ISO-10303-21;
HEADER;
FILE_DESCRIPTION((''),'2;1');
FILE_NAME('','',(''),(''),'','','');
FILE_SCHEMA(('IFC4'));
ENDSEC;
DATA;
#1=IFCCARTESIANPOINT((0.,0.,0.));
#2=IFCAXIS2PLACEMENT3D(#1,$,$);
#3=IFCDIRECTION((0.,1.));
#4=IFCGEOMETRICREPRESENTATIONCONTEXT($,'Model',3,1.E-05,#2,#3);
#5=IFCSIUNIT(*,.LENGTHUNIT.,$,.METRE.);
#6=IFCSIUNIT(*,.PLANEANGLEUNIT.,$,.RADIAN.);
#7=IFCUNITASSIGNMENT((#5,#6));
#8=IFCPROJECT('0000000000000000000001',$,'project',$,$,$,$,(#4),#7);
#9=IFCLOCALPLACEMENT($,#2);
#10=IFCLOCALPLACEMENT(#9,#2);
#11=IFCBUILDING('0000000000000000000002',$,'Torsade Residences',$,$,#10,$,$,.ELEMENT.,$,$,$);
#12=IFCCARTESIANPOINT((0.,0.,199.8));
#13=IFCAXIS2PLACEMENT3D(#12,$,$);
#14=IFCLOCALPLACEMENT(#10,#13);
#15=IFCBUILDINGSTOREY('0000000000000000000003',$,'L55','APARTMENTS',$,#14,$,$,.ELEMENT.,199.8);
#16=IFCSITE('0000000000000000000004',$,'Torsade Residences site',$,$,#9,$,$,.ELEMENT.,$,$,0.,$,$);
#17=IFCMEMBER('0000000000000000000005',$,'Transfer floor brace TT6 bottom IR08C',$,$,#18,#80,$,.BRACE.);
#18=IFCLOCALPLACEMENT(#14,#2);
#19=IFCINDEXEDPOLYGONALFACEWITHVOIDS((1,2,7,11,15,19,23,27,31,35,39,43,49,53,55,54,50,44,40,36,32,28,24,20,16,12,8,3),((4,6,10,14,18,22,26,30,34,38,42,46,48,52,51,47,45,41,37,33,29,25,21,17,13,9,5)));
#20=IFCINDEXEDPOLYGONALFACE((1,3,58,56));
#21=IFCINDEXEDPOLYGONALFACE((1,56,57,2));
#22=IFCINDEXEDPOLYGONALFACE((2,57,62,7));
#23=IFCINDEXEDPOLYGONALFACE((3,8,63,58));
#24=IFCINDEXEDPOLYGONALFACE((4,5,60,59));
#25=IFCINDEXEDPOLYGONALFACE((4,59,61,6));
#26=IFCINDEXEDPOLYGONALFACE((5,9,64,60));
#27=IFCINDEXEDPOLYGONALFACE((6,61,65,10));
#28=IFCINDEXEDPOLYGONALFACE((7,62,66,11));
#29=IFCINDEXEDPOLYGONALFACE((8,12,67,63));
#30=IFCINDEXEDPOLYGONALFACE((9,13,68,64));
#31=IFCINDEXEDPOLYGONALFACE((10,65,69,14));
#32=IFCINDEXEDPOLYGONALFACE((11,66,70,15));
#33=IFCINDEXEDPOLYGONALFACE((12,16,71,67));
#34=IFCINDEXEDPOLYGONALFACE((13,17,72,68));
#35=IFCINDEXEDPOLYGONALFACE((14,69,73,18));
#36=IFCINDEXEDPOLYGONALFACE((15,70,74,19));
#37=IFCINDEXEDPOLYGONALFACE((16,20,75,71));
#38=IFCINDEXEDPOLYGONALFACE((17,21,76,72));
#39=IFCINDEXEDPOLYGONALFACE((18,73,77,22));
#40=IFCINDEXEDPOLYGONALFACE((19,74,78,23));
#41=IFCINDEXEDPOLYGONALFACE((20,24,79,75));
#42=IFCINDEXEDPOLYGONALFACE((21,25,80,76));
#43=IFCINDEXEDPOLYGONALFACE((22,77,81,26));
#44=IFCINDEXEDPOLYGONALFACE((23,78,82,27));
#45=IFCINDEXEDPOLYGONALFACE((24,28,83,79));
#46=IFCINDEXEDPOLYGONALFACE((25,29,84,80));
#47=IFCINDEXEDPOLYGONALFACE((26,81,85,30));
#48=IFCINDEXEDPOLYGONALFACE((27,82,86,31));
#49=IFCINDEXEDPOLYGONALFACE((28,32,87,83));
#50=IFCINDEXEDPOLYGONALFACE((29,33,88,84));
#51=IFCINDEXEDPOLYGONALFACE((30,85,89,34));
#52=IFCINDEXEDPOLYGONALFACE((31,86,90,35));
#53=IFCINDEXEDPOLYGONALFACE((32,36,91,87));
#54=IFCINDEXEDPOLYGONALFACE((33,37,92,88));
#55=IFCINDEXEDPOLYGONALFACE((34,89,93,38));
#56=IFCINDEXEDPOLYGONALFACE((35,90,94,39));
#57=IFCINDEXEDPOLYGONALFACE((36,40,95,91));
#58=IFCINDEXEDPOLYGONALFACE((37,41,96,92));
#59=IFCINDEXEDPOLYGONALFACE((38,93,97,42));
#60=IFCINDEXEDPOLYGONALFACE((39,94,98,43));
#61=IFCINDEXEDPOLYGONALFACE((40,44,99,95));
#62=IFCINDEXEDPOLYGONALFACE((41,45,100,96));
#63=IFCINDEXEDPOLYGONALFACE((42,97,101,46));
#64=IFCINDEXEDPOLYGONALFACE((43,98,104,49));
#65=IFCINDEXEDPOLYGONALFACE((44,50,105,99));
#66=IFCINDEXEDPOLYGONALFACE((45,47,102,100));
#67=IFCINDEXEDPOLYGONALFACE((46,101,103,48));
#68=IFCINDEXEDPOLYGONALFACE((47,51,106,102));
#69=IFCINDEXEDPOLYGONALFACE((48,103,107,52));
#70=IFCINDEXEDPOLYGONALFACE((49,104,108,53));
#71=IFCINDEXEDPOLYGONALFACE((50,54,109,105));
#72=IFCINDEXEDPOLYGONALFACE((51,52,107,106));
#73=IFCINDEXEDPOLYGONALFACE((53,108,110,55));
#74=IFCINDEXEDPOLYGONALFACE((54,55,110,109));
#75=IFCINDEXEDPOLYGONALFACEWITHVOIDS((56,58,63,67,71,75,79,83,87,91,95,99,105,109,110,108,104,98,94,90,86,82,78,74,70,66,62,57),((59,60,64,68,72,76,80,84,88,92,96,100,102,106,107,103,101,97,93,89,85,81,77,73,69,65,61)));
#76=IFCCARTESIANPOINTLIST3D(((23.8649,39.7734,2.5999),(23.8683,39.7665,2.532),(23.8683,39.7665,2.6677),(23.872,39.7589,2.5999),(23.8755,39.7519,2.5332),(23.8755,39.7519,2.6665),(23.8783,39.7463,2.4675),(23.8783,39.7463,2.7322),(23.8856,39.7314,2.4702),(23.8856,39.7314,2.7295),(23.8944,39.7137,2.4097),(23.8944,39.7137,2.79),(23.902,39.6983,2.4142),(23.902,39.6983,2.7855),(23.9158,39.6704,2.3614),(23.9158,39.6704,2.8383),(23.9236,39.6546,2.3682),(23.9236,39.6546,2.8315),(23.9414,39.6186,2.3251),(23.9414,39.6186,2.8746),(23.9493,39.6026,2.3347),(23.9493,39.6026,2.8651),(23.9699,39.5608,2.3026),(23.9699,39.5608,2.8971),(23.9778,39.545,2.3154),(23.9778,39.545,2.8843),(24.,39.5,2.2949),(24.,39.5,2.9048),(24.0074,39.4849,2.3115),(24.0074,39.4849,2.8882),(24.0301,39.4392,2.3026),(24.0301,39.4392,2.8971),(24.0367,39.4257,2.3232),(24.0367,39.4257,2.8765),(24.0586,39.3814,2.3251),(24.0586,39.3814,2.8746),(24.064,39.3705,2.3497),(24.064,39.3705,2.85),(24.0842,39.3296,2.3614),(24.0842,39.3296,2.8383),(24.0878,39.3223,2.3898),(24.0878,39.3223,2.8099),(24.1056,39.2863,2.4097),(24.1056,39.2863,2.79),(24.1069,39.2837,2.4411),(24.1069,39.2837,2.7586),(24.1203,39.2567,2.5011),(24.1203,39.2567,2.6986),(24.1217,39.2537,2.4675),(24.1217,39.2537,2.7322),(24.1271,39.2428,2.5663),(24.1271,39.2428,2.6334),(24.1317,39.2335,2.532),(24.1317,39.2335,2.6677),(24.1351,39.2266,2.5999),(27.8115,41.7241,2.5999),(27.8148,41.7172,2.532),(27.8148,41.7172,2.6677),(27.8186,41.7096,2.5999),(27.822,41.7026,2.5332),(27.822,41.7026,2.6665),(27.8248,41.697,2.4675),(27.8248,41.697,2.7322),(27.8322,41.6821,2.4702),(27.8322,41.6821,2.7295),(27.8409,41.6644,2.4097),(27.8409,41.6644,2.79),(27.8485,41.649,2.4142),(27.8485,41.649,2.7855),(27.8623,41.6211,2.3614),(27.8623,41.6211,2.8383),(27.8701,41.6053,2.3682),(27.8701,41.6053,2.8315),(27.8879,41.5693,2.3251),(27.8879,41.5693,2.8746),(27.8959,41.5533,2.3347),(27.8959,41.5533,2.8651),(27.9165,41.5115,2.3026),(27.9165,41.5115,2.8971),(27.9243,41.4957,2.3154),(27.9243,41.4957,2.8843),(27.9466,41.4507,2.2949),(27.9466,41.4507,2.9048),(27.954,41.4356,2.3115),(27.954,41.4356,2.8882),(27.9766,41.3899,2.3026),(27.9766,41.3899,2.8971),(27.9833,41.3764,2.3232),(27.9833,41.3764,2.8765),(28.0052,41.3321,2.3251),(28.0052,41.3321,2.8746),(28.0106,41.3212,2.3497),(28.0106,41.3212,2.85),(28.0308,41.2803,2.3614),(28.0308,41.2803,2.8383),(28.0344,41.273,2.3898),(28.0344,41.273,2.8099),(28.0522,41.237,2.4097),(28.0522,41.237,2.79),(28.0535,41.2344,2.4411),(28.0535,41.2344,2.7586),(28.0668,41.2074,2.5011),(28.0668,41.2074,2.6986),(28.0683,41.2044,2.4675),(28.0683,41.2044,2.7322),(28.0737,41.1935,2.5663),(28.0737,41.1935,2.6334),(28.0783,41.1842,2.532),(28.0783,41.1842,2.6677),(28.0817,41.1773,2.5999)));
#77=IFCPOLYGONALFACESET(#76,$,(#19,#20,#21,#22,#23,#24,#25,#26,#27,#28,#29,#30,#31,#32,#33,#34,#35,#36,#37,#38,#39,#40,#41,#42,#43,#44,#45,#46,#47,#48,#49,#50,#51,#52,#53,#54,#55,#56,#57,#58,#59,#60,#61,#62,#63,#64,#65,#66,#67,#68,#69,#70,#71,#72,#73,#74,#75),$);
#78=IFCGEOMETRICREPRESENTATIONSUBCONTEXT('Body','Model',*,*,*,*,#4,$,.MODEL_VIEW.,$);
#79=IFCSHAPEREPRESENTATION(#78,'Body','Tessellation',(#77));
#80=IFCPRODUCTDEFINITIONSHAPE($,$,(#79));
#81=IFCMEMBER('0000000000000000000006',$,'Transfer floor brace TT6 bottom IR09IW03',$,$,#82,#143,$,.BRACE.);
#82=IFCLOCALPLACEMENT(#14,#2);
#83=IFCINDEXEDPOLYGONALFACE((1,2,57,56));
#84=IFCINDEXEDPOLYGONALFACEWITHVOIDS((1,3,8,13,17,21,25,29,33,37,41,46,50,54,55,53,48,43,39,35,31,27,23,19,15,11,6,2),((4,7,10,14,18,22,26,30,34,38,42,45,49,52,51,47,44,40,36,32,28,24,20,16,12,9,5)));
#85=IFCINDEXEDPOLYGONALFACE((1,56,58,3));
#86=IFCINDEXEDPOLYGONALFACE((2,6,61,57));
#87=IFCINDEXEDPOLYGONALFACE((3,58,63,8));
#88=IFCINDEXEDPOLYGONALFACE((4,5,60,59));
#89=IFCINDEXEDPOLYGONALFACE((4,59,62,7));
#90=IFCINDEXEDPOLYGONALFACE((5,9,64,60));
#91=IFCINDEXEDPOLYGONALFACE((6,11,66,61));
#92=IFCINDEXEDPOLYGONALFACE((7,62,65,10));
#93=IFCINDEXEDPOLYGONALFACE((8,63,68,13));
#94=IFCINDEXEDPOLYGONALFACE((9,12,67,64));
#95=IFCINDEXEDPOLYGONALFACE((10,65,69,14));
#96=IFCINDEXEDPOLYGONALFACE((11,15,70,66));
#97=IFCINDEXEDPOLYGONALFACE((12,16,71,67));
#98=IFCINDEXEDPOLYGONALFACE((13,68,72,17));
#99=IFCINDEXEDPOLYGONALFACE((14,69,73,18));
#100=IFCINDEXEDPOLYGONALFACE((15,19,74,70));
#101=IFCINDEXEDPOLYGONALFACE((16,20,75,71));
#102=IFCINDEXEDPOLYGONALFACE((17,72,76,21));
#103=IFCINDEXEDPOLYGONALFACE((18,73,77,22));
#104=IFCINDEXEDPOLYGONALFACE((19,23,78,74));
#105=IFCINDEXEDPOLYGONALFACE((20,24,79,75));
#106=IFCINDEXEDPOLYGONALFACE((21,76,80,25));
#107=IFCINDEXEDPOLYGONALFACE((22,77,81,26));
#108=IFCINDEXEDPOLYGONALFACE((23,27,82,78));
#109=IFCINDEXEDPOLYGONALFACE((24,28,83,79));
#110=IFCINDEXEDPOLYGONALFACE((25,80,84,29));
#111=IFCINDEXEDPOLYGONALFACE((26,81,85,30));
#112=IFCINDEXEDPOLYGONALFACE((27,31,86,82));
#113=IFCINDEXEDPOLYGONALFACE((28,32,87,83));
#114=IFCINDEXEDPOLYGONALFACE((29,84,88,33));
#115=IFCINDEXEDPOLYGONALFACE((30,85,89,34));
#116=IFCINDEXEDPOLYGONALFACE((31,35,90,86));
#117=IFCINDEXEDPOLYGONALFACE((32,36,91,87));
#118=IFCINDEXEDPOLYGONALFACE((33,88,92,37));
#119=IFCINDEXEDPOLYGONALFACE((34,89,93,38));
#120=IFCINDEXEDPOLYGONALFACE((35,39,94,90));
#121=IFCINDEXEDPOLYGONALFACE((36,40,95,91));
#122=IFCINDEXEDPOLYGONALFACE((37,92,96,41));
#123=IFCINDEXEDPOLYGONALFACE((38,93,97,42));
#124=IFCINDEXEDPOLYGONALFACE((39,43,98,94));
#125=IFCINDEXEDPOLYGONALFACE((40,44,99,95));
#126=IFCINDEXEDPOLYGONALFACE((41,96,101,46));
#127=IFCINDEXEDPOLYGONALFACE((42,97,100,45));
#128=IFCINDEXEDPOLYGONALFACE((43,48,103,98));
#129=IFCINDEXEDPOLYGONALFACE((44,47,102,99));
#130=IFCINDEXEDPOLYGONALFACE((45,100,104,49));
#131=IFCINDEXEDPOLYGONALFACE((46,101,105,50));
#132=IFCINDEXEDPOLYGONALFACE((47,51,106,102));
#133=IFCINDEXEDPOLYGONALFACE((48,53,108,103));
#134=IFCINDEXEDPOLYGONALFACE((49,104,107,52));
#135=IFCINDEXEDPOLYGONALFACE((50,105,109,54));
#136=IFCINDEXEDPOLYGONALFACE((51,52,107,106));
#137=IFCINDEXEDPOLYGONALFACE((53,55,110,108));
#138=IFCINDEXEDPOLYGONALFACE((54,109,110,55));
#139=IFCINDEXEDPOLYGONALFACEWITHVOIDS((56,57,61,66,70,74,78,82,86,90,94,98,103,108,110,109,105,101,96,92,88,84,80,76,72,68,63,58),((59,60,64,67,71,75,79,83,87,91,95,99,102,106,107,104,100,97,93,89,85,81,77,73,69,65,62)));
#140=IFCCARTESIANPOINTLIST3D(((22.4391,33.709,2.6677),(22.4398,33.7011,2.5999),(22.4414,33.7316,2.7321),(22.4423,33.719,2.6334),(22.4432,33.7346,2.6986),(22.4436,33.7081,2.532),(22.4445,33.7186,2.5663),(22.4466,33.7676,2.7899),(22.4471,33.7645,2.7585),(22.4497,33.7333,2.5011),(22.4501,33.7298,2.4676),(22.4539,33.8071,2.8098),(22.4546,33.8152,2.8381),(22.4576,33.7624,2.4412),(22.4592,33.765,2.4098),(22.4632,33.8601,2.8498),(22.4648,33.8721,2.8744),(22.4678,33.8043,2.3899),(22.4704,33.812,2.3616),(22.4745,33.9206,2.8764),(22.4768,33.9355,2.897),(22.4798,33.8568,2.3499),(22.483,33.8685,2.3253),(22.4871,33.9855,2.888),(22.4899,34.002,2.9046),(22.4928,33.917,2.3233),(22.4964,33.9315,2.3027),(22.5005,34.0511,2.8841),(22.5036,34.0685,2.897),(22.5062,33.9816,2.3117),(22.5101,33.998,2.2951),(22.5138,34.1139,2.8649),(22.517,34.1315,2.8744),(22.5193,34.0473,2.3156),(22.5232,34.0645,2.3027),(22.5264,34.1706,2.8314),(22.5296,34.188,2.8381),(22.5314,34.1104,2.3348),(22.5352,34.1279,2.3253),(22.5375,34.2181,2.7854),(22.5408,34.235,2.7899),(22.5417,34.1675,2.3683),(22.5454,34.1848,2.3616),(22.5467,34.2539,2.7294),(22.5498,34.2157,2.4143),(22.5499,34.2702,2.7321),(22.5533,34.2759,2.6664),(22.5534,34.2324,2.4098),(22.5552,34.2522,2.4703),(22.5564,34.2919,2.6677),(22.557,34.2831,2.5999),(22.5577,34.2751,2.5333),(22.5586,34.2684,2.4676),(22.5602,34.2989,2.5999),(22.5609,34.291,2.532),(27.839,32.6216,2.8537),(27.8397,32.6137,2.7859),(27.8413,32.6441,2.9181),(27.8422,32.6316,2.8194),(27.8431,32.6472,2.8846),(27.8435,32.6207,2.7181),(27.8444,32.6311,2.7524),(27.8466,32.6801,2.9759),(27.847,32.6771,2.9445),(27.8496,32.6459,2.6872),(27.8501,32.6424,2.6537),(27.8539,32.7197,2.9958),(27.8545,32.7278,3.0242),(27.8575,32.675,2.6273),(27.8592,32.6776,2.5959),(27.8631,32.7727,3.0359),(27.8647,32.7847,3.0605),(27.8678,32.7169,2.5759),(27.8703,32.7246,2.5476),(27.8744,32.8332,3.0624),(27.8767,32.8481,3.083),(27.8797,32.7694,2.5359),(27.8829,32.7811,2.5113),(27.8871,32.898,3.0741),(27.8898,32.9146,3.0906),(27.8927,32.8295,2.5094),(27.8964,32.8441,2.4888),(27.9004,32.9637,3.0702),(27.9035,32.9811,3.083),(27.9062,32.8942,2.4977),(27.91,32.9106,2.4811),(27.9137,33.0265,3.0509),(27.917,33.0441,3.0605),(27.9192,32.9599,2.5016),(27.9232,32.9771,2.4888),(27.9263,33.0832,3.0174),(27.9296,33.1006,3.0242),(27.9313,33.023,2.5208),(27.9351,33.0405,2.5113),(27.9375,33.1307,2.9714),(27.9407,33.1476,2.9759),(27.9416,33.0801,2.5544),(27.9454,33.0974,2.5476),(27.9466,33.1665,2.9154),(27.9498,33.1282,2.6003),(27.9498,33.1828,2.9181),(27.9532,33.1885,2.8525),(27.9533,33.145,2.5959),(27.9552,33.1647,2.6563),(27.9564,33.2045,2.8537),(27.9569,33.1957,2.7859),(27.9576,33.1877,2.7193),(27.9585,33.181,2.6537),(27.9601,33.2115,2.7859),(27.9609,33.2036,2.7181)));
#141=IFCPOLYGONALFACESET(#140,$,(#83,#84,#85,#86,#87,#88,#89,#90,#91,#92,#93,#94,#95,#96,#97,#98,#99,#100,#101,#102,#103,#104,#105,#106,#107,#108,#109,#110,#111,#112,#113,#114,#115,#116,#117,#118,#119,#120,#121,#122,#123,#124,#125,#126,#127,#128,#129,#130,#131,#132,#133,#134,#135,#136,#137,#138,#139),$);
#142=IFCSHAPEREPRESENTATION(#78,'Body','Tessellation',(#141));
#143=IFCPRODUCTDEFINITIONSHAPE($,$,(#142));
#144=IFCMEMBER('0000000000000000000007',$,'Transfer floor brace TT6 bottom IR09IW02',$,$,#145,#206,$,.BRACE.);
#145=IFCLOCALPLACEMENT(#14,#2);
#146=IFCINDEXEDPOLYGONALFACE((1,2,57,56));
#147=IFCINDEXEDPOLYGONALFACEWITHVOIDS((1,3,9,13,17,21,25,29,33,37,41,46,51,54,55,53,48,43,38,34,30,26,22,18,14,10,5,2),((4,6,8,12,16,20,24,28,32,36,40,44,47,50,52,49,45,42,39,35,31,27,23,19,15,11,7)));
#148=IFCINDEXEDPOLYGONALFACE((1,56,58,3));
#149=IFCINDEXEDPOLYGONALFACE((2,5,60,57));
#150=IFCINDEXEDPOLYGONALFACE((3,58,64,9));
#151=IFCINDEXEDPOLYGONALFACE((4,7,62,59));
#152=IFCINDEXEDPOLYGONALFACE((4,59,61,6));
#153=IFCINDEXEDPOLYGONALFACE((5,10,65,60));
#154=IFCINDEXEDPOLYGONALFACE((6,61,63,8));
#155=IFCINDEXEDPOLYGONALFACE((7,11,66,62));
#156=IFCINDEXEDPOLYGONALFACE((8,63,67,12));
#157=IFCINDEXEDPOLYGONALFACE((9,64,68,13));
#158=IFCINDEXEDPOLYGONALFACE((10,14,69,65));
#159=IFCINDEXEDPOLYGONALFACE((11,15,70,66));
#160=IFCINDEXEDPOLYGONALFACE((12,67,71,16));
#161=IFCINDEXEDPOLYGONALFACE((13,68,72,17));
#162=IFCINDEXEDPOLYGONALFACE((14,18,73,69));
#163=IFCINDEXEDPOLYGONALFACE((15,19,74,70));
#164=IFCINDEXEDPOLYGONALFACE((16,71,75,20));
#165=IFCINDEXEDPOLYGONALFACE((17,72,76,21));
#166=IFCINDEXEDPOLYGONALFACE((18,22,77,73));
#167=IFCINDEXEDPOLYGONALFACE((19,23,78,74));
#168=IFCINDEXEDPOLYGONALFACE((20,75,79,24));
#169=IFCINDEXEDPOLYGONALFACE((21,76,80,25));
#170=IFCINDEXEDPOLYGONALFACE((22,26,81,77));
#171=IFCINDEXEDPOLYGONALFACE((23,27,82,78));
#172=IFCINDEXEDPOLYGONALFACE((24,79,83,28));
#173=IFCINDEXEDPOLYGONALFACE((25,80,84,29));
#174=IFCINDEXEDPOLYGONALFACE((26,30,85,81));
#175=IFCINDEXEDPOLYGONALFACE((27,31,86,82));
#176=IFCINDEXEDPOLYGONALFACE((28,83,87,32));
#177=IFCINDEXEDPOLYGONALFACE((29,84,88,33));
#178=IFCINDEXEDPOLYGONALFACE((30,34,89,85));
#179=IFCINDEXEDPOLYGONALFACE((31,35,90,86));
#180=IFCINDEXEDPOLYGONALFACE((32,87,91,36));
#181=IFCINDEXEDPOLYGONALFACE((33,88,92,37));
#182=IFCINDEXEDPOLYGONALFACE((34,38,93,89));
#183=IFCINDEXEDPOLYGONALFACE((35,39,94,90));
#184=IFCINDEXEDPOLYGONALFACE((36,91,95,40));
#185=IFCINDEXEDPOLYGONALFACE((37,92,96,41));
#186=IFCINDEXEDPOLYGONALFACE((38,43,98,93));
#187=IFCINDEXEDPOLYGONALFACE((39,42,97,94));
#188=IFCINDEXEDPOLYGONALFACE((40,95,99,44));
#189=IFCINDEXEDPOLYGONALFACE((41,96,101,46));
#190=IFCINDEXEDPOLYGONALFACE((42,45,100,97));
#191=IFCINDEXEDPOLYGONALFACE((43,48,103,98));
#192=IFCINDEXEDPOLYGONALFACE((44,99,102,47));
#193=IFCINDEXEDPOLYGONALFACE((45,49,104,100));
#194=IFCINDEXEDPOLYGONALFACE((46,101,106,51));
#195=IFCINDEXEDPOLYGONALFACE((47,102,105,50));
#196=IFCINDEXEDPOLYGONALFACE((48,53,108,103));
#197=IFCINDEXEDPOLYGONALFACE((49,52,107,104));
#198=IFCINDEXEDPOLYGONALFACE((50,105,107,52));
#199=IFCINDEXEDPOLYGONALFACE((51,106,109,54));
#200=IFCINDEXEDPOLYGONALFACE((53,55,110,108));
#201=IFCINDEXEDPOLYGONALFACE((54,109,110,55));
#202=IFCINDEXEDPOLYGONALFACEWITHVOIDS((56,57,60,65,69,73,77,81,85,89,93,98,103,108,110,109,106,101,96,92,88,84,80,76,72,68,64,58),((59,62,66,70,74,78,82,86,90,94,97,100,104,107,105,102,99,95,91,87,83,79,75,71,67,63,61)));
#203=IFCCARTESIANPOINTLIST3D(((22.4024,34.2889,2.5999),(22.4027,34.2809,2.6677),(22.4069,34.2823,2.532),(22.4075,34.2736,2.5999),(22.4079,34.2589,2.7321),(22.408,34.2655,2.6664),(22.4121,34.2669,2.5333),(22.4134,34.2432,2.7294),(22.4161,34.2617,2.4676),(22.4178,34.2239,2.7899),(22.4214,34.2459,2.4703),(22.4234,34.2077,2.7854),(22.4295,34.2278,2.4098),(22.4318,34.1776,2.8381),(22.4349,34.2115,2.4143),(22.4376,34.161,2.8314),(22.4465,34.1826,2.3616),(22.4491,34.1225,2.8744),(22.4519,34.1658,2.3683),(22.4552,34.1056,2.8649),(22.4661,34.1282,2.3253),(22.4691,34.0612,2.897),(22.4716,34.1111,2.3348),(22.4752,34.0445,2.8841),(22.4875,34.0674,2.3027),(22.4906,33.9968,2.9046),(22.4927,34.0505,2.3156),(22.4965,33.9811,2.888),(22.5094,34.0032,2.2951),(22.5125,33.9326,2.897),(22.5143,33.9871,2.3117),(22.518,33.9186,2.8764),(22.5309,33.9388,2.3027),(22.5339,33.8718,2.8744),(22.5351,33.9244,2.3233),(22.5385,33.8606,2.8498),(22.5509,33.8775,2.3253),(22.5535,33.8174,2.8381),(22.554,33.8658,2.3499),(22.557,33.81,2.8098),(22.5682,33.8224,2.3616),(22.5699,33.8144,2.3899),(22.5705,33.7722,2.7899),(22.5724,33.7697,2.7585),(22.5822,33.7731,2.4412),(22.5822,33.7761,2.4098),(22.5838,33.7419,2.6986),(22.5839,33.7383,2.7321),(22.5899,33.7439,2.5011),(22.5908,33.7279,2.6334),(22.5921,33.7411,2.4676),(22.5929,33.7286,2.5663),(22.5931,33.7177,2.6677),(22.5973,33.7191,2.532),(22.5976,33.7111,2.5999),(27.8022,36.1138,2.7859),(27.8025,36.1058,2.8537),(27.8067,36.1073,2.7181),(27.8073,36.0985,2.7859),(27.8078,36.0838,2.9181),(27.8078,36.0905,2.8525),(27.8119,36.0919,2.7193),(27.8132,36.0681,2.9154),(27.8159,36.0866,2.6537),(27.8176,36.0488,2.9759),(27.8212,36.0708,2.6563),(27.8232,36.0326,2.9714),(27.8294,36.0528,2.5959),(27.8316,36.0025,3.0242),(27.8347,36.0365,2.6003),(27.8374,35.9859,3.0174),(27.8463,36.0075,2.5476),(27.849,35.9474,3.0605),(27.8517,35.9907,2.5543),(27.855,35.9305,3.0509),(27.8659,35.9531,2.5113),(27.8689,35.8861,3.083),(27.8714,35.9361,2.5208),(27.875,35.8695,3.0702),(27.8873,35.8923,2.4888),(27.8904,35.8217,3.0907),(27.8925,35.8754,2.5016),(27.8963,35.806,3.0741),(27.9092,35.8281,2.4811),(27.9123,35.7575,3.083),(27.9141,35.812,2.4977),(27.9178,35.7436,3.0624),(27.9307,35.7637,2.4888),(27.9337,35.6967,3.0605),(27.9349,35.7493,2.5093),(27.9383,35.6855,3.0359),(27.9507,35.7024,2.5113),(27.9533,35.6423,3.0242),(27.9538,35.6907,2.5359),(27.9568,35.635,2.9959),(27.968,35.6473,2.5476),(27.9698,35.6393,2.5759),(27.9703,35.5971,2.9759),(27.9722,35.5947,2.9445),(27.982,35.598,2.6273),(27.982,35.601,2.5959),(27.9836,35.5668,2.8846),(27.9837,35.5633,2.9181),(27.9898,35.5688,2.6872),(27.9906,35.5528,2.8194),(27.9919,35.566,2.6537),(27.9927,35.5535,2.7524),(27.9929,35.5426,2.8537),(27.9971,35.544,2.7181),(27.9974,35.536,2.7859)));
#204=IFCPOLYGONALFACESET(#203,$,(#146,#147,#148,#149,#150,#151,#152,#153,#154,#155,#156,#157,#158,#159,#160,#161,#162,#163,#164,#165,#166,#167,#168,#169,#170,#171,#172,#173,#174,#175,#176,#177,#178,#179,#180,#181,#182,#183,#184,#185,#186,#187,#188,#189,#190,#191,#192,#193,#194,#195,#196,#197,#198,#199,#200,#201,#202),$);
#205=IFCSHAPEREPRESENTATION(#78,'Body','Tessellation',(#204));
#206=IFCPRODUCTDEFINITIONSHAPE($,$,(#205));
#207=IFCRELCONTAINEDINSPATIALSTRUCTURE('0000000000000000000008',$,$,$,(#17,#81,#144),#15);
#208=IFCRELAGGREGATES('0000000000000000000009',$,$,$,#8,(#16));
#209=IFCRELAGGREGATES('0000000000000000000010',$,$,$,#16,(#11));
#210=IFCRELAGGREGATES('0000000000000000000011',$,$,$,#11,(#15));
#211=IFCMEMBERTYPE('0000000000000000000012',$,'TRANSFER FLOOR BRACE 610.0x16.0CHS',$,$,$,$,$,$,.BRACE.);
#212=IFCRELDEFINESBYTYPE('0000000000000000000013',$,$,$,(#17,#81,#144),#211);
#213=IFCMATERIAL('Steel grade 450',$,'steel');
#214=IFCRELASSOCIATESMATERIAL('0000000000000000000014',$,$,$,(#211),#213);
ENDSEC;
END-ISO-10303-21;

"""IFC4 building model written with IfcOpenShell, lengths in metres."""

from ifc_helpers import new_model, si_unit, direction, frame, origin, origin_2d, place, context, subcontext, project, spatial, hollow_circle, extrude, material, material_profile, profile_set, type_object, element, save


model = new_model("IFC4")

# Units and contexts
model_context = context("Model", 3, precision=1e-05, world=origin(), true_north=direction((0.0, 1.0)))
body_context = subcontext(model_context, "Body", "Model", "MODEL_VIEW")
ifc_project = project(units=[si_unit("LENGTHUNIT", "METRE"), si_unit("PLANEANGLEUNIT", "RADIAN")], contexts=[model_context])

# Site, building, storey
site_placement = place(None, origin())
site = spatial("IfcSite", under=ifc_project, at=site_placement, Name="Torsade Residences site", CompositionType="ELEMENT", RefElevation=0.0)
building_placement = place(site_placement, origin())
building = spatial("IfcBuilding", under=site, at=building_placement, Name="Torsade Residences", CompositionType="ELEMENT")
storey_placement = place(building_placement, frame((0.0, 0.0, 199.8)))
storey = spatial("IfcBuildingStorey", under=building, at=storey_placement, Name="L55", Description="APARTMENTS", CompositionType="ELEMENT", Elevation=199.8)

# Members
ifc_material_1 = material(Name="Steel grade 450", Category="steel")
ifc_material_profile_1 = material_profile(ifc_material_1, hollow_circle(Radius=0.3049, WallThickness=0.0161, at=origin_2d()), Name="610.0x16.0CHS")
ifc_profile_set_1 = profile_set([ifc_material_profile_1], Name="Steel grade 450")
member_type_1 = type_object("IfcMemberType", Name="TRANSFER FLOOR BRACE 610.0x16.0CHS", PredefinedType="BRACE", material=ifc_profile_set_1)
member_1_placement = place(storey_placement, frame((24.0, 39.5, 2.5999), z_axis=(0.89647, 0.443105, 0.0), x_axis=(-0.443105, 0.89647, 0.0)))
element("IfcMember", 1, at=member_1_placement, inside=storey, type_object=member_type_1, Name="Transfer floor brace TT6 bottom IR08C", PredefinedType="BRACE", context=body_context, shape_type="SweptSolid", body=[
    extrude(hollow_circle(Radius=0.3049, WallThickness=0.0161, at=origin_2d()), origin(), (0.0, 0.0, 1.0), 4.4023),
])
member_2_placement = place(storey_placement, frame((22.5, 34.0, 2.5999), z_axis=(0.979762, -0.197299, 0.033754), x_axis=(0.197412, 0.980321, 0.0)))
element("IfcMember", 2, at=member_2_placement, inside=storey, type_object=member_type_1, Name="Transfer floor brace TT6 bottom IR09IW03", PredefinedType="BRACE", context=body_context, shape_type="SweptSolid", body=[
    extrude(hollow_circle(Radius=0.3049, WallThickness=0.0161, at=origin_2d()), origin(), (0.0, 0.0, 1.0), 5.5115),
])
member_3_placement = place(storey_placement, frame((22.5, 34.0, 2.5999), z_axis=(0.946856, 0.319999, 0.032621), x_axis=(-0.32017, 0.94736, 0.0)))
element("IfcMember", 3, at=member_3_placement, inside=storey, type_object=member_type_1, Name="Transfer floor brace TT6 bottom IR09IW02", PredefinedType="BRACE", context=body_context, shape_type="SweptSolid", body=[
    extrude(hollow_circle(Radius=0.3049, WallThickness=0.0161, at=origin_2d()), origin(), (0.0, 0.0, 1.0), 5.7029),
])

save(model, "model.ifc")
